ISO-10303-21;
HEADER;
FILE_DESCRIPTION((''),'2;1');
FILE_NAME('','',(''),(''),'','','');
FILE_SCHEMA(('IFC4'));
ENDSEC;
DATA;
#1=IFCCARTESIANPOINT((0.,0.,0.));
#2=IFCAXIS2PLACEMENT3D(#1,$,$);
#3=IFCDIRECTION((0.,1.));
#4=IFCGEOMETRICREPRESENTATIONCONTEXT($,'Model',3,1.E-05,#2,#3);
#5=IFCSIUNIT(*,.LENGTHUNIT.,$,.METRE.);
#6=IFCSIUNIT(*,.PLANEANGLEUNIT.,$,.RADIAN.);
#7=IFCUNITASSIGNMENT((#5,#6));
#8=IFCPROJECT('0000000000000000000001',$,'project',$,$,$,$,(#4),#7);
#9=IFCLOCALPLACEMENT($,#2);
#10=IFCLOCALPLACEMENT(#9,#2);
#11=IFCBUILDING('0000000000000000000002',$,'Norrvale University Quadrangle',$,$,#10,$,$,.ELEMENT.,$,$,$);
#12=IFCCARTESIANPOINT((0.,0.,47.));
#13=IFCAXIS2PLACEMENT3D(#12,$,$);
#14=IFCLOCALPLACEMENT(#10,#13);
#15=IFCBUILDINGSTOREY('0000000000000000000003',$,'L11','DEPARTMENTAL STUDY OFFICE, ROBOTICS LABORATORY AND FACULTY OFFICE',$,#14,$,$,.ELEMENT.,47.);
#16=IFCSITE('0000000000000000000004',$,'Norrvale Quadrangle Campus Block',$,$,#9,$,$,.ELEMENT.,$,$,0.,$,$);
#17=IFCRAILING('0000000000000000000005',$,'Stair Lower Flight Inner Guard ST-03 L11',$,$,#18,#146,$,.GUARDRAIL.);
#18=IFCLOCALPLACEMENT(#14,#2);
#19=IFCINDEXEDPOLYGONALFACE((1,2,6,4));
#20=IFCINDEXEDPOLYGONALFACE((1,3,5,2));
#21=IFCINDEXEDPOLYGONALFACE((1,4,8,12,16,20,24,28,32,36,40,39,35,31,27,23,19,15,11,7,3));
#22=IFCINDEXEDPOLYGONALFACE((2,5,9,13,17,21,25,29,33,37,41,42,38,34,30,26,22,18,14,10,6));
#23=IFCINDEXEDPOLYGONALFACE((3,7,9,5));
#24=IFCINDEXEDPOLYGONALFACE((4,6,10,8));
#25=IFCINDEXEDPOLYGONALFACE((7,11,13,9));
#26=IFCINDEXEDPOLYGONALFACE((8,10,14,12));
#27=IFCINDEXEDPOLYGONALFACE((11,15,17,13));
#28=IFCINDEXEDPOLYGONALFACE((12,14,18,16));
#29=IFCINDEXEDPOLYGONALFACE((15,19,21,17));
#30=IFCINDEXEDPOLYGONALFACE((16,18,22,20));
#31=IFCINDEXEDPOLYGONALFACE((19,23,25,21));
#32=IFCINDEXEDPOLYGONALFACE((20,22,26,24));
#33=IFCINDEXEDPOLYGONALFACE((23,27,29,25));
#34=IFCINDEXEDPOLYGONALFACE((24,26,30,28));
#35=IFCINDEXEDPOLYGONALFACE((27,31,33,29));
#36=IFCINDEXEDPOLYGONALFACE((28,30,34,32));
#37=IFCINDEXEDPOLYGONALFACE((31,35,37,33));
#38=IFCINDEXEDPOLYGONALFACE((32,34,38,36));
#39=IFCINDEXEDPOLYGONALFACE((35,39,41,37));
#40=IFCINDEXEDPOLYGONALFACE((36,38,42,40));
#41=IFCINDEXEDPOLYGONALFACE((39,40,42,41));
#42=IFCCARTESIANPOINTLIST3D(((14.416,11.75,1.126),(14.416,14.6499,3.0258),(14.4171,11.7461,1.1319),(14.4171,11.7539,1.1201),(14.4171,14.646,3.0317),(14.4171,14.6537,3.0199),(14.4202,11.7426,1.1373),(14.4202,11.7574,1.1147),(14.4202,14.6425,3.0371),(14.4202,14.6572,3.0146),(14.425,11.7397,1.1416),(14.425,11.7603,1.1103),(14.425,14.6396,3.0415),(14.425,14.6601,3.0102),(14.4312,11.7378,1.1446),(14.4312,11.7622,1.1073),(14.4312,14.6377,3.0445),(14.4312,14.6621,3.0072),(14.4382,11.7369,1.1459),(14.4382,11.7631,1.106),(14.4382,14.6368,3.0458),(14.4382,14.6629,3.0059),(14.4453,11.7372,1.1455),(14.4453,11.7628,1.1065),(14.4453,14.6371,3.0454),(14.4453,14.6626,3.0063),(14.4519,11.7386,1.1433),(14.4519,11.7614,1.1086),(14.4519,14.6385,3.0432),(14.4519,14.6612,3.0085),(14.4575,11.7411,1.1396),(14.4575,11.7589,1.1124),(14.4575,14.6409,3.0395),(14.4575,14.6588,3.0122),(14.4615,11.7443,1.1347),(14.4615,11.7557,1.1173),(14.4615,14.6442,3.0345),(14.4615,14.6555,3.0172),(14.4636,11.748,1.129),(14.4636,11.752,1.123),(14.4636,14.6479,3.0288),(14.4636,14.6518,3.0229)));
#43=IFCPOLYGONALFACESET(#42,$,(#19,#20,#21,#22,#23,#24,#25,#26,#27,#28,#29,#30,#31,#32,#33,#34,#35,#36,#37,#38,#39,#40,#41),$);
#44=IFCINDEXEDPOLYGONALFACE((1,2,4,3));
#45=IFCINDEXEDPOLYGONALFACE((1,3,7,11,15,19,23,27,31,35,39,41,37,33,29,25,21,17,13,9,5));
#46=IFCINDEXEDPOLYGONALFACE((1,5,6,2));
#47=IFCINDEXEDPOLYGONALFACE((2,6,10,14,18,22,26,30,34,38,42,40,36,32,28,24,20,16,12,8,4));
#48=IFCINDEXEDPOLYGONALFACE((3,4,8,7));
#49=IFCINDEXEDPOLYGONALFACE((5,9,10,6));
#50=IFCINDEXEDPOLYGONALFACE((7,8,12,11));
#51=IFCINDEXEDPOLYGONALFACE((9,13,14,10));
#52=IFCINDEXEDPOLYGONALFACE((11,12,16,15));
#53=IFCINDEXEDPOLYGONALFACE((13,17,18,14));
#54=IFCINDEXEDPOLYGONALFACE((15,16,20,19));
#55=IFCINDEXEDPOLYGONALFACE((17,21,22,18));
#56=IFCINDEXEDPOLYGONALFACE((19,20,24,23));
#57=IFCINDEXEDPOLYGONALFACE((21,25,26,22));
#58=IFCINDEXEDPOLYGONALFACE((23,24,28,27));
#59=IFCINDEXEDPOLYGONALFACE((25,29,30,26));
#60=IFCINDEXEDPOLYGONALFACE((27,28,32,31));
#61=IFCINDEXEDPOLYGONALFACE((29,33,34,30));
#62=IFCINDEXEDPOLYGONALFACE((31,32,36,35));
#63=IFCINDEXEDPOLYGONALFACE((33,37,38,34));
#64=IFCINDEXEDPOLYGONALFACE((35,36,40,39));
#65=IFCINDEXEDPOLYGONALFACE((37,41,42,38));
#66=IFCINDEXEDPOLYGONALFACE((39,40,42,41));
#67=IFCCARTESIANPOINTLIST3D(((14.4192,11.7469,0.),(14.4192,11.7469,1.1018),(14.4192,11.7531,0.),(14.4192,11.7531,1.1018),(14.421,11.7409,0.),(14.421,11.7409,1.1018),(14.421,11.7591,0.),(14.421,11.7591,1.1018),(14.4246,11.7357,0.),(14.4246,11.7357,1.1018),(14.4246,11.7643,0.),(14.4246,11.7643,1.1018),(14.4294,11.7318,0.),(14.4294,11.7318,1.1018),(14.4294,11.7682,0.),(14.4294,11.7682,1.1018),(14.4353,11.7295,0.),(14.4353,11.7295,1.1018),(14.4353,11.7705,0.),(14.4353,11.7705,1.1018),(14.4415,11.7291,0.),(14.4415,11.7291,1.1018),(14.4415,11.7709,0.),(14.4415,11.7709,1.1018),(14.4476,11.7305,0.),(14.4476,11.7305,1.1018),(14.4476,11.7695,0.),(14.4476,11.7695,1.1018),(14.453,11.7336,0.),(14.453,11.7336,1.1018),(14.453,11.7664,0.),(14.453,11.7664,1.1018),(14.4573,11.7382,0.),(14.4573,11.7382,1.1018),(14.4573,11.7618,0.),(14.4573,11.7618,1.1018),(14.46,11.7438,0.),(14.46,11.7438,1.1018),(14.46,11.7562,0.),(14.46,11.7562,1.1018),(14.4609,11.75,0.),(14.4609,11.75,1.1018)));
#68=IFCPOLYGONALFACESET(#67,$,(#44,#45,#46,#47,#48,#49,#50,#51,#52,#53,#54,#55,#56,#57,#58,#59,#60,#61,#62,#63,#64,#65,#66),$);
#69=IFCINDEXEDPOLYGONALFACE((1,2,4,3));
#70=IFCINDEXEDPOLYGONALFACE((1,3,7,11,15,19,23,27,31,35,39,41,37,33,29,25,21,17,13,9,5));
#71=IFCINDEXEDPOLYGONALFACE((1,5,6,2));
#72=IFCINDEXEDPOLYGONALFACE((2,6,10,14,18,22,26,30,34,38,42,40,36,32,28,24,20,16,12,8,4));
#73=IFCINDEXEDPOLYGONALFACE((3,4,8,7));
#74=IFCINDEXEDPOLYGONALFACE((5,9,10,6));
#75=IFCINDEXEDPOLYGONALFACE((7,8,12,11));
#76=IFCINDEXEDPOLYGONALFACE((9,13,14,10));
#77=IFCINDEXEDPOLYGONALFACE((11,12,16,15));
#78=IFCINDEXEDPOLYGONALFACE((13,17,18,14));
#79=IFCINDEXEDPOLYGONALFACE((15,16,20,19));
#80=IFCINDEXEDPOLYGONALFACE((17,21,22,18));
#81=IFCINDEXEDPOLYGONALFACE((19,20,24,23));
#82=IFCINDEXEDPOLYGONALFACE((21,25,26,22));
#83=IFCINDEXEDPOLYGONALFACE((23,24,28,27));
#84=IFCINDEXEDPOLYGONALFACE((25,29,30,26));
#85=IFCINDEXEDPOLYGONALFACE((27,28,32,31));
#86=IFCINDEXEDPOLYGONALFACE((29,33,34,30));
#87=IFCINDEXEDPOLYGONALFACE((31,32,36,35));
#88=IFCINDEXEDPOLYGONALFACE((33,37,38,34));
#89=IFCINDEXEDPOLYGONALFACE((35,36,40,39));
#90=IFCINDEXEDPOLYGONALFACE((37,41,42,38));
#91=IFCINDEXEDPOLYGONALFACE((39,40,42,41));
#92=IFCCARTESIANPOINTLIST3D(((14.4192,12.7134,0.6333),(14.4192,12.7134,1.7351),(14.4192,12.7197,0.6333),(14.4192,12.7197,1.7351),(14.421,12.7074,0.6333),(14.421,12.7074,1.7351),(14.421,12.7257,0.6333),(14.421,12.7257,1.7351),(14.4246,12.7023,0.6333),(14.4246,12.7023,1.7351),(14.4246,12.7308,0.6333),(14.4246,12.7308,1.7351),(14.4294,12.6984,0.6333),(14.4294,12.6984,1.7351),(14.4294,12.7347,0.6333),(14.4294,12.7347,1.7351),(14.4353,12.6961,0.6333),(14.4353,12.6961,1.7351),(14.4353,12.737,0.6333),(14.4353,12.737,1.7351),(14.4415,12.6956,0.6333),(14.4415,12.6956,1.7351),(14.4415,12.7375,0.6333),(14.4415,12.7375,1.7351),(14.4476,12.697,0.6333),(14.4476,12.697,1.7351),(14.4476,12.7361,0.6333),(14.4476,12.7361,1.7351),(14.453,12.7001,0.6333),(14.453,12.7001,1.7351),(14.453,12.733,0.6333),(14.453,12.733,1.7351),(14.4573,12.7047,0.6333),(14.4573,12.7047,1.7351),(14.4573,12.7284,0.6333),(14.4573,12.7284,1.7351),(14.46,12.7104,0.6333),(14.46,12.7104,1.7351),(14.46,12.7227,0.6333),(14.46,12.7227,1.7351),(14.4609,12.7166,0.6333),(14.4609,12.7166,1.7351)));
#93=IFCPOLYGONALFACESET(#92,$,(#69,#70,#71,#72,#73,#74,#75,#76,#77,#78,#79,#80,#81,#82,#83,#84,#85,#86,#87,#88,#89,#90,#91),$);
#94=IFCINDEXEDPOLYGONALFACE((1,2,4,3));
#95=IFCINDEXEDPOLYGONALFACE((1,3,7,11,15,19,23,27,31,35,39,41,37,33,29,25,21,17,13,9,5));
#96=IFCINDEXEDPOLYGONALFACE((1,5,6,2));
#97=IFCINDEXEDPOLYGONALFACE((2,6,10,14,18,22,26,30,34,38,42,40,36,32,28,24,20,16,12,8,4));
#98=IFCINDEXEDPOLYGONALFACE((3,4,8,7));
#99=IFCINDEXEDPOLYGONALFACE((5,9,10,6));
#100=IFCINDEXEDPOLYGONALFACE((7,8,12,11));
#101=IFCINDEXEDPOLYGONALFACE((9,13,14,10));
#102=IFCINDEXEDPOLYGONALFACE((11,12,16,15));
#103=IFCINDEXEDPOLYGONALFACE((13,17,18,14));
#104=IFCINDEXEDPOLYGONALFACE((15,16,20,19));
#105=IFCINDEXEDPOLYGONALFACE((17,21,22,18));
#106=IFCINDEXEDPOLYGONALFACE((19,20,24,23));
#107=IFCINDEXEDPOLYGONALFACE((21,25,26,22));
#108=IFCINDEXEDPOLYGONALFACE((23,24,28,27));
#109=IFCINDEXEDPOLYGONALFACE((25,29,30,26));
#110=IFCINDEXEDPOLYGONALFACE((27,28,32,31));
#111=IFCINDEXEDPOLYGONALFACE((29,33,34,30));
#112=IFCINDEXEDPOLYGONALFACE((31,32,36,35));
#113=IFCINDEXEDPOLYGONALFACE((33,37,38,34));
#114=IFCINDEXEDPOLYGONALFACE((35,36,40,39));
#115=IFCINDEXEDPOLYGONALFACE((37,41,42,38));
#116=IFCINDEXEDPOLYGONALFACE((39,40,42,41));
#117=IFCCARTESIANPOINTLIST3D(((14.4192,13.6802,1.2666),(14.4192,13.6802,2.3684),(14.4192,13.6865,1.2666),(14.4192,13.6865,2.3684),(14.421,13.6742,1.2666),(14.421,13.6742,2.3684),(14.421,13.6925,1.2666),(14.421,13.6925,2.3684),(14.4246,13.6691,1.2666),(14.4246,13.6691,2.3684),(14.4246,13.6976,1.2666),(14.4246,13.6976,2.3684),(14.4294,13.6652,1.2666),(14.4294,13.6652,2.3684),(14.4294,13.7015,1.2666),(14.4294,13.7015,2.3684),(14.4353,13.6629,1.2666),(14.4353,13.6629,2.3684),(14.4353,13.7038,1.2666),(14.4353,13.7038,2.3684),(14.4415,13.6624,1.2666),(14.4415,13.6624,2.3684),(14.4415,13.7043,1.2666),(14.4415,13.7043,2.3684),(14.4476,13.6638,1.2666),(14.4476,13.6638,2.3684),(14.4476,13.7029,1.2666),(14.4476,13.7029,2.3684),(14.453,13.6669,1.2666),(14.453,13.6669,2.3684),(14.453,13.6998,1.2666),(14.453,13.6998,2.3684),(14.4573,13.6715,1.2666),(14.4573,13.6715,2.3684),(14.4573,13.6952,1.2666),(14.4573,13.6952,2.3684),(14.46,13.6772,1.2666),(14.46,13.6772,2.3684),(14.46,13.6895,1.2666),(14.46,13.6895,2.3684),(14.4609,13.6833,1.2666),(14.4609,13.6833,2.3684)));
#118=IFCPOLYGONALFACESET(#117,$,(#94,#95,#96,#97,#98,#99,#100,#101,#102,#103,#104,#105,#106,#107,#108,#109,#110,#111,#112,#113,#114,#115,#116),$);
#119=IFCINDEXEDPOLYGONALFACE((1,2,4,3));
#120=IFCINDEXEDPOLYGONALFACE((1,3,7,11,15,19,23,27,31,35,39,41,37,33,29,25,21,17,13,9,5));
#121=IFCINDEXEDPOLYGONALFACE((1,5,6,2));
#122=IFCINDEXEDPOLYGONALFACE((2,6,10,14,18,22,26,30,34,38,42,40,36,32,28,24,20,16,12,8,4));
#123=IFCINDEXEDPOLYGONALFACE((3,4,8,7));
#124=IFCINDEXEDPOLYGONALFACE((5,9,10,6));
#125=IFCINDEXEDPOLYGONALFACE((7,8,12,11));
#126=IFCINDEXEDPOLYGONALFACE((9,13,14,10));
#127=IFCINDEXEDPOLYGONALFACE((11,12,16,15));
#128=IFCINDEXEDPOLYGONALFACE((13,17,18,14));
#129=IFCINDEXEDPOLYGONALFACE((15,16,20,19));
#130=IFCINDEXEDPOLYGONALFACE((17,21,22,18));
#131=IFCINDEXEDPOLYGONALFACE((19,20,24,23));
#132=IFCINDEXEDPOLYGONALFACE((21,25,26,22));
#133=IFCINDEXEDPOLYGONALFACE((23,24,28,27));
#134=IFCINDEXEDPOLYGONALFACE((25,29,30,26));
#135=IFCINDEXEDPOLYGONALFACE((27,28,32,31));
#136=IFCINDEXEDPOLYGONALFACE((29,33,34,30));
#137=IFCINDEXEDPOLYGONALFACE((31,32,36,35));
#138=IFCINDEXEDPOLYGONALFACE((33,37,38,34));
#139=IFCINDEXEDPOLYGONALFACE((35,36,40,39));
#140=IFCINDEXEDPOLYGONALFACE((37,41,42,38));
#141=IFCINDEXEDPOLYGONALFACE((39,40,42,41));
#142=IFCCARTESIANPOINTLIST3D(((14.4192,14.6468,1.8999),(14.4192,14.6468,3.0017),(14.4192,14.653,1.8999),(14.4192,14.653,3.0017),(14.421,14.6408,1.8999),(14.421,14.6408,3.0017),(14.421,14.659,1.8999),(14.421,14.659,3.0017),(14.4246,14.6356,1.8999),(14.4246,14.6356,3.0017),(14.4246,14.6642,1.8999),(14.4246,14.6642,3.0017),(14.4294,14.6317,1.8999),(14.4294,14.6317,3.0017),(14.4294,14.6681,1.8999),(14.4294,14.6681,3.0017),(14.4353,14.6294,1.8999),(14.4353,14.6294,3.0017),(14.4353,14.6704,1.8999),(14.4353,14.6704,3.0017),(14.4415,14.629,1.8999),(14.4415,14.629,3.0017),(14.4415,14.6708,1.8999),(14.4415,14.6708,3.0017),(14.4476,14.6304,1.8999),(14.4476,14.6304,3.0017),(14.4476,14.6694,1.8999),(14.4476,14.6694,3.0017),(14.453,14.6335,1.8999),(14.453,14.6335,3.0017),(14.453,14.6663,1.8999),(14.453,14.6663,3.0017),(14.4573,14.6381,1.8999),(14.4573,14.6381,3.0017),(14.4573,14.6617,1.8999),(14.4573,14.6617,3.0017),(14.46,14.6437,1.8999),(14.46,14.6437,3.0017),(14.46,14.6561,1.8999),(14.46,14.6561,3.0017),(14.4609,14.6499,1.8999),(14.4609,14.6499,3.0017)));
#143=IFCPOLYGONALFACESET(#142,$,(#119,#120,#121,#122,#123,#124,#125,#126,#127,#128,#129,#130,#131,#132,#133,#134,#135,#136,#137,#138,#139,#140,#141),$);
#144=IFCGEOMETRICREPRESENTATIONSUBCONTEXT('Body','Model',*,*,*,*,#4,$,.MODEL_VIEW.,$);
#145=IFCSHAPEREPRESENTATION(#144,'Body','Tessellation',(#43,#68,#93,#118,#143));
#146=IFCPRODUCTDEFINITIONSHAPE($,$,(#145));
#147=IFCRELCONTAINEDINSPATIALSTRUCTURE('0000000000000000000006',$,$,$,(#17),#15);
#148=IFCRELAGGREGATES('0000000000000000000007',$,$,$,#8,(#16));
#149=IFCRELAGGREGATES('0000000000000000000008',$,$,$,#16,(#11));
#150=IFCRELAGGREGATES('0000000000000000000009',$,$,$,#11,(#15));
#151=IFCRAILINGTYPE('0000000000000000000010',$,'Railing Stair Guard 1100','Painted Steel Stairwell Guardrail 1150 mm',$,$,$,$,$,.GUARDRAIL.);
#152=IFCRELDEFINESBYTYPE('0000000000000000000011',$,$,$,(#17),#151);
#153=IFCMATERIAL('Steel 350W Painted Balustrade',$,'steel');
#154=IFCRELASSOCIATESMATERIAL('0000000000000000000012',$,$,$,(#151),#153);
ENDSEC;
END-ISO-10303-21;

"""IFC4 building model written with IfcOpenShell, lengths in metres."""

from ifc_helpers import new_model, si_unit, direction, frame, origin, origin_2d, place, context, subcontext, project, spatial, circle, extrude, material, type_object, element, save


model = new_model("IFC4")

# Units and contexts
model_context = context("Model", 3, precision=1e-05, world=origin(), true_north=direction((0.0, 1.0)))
body_context = subcontext(model_context, "Body", "Model", "MODEL_VIEW")
ifc_project = project(units=[si_unit("LENGTHUNIT", "METRE"), si_unit("PLANEANGLEUNIT", "RADIAN")], contexts=[model_context])

# Site, building, storey
site_placement = place(None, origin())
site = spatial("IfcSite", under=ifc_project, at=site_placement, Name="Norrvale Quadrangle Campus Block", CompositionType="ELEMENT", RefElevation=0.0)
building_placement = place(site_placement, origin())
building = spatial("IfcBuilding", under=site, at=building_placement, Name="Norrvale University Quadrangle", CompositionType="ELEMENT")
storey_placement = place(building_placement, frame((0.0, 0.0, 47.0)))
storey = spatial("IfcBuildingStorey", under=building, at=storey_placement, Name="L11", Description="DEPARTMENTAL STUDY OFFICE, ROBOTICS LABORATORY AND FACULTY OFFICE", CompositionType="ELEMENT", Elevation=47.0)

# Railing
ifc_material_1 = material(Name="Steel 350W Painted Balustrade", Category="steel")
railing_type_1 = type_object("IfcRailingType", Name="Railing Stair Guard 1100", Description="Painted Steel Stairwell Guardrail 1150 mm", PredefinedType="GUARDRAIL", material=ifc_material_1)
railing_1_placement = place(storey_placement, frame((14.4399, 11.75, 0.0)))
element("IfcRailing", 1, at=railing_1_placement, inside=storey, type_object=railing_type_1, Name="Stair Lower Flight Inner Guard ST-03 L11", PredefinedType="GUARDRAIL", context=body_context, shape_type="SweptSolid", body=[
    extrude(circle(Radius=0.0239, at=origin_2d()), frame((0.0, 0.0, 1.126), z_axis=(0.0, 0.836466, 0.548019), x_axis=(-1.0, 0.0, 0.0)), (0.0, 0.0, 1.0), 3.4668),
    extrude(circle(Radius=0.021, at=origin_2d()), origin(), (0.0, 0.0, 1.0), 1.1018),
    extrude(circle(Radius=0.021, at=origin_2d()), frame((0.0, 0.9666, 0.6333)), (0.0, 0.0, 1.0), 1.1018),
    extrude(circle(Radius=0.021, at=origin_2d()), frame((0.0, 1.9333, 1.2666)), (0.0, 0.0, 1.0), 1.1018),
    extrude(circle(Radius=0.021, at=origin_2d()), frame((0.0, 2.8999, 1.8999)), (0.0, 0.0, 1.0), 1.1018),
])

save(model, "model.ifc")
